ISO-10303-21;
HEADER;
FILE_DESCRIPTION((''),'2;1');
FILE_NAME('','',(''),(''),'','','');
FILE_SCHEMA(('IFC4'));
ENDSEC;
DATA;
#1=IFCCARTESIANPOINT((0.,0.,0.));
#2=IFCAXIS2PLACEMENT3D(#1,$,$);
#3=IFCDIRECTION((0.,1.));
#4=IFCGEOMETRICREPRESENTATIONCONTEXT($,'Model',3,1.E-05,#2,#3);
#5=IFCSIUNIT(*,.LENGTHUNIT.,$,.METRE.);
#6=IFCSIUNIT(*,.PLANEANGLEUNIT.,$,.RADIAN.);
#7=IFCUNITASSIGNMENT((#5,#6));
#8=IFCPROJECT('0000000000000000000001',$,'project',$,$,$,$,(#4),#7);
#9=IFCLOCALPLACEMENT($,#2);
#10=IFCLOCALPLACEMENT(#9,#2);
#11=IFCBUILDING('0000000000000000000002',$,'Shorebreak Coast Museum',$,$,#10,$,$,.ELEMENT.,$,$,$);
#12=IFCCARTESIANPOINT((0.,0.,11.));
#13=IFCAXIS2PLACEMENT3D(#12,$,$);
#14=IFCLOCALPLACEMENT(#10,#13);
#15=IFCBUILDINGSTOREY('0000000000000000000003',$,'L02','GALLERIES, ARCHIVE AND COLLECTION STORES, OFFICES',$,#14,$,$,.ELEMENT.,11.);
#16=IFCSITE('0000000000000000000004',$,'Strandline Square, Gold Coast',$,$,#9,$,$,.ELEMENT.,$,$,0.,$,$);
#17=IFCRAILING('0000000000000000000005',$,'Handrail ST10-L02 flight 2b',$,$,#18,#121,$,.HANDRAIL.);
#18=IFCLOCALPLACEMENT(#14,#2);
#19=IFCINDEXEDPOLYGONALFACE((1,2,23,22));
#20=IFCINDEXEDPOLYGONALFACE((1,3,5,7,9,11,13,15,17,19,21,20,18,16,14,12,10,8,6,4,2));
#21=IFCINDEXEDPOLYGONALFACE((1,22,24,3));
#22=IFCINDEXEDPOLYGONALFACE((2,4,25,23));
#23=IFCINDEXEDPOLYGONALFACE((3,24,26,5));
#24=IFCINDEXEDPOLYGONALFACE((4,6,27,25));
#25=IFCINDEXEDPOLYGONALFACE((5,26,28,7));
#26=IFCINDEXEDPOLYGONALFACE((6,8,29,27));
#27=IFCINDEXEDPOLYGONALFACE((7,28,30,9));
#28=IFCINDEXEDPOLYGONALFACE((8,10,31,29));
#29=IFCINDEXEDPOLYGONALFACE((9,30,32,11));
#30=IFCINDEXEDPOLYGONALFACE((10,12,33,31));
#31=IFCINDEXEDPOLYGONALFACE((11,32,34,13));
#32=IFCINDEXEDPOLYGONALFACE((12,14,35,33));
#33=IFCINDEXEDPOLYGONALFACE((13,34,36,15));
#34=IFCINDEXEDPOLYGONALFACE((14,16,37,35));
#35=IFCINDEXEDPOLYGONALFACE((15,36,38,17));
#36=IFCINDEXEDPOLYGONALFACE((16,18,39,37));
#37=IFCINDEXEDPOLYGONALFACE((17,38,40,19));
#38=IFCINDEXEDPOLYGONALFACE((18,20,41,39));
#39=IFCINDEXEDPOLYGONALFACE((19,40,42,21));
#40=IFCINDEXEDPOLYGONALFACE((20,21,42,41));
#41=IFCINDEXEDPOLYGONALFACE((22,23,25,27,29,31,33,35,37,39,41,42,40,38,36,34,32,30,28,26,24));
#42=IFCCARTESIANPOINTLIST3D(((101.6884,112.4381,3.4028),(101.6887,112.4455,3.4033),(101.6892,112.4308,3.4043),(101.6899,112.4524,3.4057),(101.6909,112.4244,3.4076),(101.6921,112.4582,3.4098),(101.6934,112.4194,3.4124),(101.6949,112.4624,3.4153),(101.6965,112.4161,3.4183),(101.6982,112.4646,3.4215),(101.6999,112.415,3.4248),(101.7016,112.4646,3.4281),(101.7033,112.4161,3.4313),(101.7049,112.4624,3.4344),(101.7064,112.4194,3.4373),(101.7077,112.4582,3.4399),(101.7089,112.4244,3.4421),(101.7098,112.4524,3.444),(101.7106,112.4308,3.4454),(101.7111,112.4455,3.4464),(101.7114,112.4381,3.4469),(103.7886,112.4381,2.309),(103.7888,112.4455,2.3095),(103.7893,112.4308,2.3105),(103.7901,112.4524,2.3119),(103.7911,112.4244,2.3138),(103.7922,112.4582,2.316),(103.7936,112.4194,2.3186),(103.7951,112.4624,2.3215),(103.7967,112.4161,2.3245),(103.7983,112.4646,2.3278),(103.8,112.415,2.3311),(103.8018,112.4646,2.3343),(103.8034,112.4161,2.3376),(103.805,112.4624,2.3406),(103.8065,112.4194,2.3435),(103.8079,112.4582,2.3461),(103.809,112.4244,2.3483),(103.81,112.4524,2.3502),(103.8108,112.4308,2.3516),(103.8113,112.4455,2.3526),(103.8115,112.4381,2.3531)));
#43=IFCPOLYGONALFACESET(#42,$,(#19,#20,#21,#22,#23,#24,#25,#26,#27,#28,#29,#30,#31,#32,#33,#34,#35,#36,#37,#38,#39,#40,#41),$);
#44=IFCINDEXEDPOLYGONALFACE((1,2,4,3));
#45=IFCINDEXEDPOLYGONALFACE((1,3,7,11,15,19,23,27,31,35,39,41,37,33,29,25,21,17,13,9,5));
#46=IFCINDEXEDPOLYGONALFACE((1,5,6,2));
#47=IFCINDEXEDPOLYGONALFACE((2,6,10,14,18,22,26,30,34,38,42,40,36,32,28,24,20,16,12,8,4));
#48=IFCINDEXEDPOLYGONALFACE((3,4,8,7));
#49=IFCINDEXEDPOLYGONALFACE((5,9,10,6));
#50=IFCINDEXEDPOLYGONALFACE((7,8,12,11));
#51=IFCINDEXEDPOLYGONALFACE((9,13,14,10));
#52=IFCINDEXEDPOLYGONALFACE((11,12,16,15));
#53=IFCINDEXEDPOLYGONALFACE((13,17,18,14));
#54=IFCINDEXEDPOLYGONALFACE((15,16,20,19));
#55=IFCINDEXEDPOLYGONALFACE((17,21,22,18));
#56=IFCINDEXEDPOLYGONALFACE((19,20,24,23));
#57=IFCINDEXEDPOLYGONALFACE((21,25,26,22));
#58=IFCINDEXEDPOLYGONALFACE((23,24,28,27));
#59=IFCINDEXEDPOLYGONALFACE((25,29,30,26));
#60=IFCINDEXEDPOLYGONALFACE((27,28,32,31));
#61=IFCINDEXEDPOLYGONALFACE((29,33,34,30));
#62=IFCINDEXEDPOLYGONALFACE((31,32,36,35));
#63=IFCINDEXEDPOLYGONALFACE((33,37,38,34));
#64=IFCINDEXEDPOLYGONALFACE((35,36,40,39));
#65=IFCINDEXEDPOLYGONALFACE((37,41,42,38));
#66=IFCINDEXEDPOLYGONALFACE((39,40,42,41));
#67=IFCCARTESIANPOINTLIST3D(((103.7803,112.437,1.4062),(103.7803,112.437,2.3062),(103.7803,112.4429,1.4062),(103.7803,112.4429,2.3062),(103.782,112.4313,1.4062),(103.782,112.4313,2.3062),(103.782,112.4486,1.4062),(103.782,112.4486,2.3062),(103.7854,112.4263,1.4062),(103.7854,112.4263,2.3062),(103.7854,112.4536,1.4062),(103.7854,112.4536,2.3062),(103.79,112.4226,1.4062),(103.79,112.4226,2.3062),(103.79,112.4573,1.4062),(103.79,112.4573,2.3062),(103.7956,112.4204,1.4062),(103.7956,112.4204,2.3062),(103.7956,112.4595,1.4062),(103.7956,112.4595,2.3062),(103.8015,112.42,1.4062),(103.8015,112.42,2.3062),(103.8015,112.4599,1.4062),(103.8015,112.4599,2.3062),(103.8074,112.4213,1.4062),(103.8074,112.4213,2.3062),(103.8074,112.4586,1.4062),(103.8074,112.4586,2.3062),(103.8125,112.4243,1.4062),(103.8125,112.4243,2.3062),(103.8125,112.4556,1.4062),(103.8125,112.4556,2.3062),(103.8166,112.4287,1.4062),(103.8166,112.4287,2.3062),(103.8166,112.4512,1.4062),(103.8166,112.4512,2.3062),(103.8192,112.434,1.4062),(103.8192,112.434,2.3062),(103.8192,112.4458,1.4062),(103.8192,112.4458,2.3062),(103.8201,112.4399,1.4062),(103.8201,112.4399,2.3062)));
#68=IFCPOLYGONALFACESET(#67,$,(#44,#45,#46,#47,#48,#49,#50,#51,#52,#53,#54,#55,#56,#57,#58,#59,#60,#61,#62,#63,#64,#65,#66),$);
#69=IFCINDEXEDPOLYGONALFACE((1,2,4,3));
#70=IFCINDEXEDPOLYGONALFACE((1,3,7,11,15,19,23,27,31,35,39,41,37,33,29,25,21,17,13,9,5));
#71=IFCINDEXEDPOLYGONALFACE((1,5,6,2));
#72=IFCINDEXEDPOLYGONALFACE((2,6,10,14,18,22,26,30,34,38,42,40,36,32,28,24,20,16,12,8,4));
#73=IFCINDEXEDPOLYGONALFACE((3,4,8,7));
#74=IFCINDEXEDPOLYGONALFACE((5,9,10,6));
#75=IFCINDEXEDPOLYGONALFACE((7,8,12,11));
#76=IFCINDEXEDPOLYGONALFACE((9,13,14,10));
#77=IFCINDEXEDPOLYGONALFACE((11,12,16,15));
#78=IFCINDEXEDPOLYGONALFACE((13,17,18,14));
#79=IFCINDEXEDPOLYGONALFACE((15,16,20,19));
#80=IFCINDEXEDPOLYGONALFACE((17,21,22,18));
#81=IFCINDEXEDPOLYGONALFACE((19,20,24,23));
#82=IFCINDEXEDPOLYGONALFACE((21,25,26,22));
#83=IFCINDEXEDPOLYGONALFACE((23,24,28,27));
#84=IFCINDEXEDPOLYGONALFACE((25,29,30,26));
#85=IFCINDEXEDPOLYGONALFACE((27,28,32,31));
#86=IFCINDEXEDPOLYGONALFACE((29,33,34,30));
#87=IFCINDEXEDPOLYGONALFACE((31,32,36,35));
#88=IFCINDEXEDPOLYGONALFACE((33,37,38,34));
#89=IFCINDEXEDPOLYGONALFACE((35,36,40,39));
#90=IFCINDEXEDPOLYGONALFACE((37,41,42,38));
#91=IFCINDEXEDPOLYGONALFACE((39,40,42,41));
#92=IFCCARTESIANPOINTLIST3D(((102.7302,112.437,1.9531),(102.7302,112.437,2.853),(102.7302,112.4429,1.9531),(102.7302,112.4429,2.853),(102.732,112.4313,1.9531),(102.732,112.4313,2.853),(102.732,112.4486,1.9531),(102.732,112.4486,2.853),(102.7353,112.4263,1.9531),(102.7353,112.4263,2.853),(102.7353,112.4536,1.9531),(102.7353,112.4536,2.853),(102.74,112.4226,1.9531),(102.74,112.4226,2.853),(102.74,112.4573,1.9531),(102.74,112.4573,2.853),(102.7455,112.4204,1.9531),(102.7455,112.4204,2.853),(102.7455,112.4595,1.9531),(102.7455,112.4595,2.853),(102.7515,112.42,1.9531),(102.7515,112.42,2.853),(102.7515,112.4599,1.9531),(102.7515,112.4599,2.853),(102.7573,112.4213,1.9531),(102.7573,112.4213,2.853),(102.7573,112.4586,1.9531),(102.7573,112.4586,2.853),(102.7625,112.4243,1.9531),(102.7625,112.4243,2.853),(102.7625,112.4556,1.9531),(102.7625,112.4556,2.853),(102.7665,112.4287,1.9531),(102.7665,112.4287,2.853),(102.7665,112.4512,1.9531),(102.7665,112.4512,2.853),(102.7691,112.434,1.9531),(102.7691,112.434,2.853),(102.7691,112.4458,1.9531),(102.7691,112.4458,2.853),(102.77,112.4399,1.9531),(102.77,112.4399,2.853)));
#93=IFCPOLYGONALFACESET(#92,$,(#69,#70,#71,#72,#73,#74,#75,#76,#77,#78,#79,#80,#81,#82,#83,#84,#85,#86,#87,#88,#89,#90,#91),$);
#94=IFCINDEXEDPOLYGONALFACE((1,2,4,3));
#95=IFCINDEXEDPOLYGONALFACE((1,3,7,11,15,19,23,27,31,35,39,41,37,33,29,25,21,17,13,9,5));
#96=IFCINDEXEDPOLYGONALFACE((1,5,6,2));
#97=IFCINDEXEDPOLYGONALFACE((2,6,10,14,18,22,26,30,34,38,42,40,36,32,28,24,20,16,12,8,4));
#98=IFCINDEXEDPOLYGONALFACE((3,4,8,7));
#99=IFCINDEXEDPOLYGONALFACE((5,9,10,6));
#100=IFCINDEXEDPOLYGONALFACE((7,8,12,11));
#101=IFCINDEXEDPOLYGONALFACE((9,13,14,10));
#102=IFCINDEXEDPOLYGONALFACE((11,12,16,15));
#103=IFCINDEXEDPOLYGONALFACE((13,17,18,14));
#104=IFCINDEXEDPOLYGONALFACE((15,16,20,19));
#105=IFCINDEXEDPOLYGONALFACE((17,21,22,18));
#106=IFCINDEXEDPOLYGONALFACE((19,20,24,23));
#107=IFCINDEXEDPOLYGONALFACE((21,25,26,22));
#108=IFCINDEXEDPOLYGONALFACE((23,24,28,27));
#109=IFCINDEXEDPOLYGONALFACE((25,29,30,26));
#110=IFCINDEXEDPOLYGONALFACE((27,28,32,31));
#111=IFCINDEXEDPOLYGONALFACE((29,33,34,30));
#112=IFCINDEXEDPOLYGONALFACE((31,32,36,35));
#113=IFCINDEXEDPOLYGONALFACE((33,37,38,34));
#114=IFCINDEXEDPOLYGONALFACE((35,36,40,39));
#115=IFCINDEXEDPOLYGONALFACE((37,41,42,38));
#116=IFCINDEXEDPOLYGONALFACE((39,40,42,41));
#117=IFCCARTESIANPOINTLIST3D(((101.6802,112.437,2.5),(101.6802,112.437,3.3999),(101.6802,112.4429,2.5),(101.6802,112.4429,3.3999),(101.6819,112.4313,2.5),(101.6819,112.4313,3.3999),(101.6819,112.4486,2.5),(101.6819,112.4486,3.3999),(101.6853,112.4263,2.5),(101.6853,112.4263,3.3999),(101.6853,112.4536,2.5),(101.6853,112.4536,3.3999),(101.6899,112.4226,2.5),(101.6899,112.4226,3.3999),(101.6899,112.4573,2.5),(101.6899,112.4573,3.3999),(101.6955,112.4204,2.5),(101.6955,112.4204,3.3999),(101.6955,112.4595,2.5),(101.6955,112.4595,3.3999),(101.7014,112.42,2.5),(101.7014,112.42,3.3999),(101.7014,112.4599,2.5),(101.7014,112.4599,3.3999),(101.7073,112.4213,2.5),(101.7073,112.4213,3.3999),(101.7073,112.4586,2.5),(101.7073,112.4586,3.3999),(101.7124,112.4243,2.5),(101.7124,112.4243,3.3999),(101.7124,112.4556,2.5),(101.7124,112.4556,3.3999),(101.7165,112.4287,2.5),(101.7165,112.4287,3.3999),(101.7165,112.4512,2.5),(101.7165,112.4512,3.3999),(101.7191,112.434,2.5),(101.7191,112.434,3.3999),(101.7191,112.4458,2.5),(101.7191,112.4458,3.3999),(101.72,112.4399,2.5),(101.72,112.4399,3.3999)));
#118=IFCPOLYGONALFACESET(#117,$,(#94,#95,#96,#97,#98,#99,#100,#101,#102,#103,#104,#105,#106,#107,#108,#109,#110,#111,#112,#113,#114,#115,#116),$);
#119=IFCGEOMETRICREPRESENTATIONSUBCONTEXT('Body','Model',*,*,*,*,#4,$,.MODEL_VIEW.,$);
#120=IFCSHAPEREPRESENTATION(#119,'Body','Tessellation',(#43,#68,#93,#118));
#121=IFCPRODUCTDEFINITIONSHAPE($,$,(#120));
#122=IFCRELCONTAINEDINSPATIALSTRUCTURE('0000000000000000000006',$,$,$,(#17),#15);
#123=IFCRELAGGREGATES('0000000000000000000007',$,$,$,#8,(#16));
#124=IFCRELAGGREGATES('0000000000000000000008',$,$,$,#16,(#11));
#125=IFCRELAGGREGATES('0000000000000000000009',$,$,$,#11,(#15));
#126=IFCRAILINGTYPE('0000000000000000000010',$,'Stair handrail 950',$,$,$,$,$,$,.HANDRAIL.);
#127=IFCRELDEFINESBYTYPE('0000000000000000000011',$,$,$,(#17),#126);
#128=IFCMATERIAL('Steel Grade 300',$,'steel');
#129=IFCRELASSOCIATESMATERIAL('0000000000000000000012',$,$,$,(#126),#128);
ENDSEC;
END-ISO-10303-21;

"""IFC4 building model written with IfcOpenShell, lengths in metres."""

from ifc_helpers import new_model, si_unit, direction, frame, origin, origin_2d, place, context, subcontext, project, spatial, circle, extrude, material, type_object, element, save


model = new_model("IFC4")

# Units and contexts
model_context = context("Model", 3, precision=1e-05, world=origin(), true_north=direction((0.0, 1.0)))
body_context = subcontext(model_context, "Body", "Model", "MODEL_VIEW")
ifc_project = project(units=[si_unit("LENGTHUNIT", "METRE"), si_unit("PLANEANGLEUNIT", "RADIAN")], contexts=[model_context])

# Site, building, storey
site_placement = place(None, origin())
site = spatial("IfcSite", under=ifc_project, at=site_placement, Name="Strandline Square, Gold Coast", CompositionType="ELEMENT", RefElevation=0.0)
building_placement = place(site_placement, origin())
building = spatial("IfcBuilding", under=site, at=building_placement, Name="Shorebreak Coast Museum", CompositionType="ELEMENT")
storey_placement = place(building_placement, frame((0.0, 0.0, 11.0)))
storey = spatial("IfcBuildingStorey", under=building, at=storey_placement, Name="L02", Description="GALLERIES, ARCHIVE AND COLLECTION STORES, OFFICES", CompositionType="ELEMENT", Elevation=11.0)

# Railing
ifc_material_1 = material(Name="Steel Grade 300", Category="steel")
railing_type_1 = type_object("IfcRailingType", Name="Stair handrail 950", PredefinedType="HANDRAIL", material=ifc_material_1)
railing_1_placement = place(storey_placement, frame((103.8, 112.4399, 1.4062)))
element("IfcRailing", 1, at=railing_1_placement, inside=storey, type_object=railing_type_1, Name="Handrail ST10-L02 flight 2b", PredefinedType="HANDRAIL", context=body_context, shape_type="SweptSolid", body=[
    extrude(circle(Radius=0.0249, at=origin_2d()), frame((0.0, 0.0, 0.9248), z_axis=(-0.886923, 0.0, 0.461918), x_axis=(0.0, -1.0, 0.0)), (0.0, 0.0, 1.0), 2.3679),
    extrude(circle(Radius=0.02, at=origin_2d()), origin(), (0.0, 0.0, 1.0), 0.8999),
    extrude(circle(Radius=0.02, at=origin_2d()), frame((-1.05, 0.0, 0.5469)), (0.0, 0.0, 1.0), 0.8999),
    extrude(circle(Radius=0.02, at=origin_2d()), frame((-2.1001, 0.0, 1.0938)), (0.0, 0.0, 1.0), 0.8999),
])

save(model, "model.ifc")
